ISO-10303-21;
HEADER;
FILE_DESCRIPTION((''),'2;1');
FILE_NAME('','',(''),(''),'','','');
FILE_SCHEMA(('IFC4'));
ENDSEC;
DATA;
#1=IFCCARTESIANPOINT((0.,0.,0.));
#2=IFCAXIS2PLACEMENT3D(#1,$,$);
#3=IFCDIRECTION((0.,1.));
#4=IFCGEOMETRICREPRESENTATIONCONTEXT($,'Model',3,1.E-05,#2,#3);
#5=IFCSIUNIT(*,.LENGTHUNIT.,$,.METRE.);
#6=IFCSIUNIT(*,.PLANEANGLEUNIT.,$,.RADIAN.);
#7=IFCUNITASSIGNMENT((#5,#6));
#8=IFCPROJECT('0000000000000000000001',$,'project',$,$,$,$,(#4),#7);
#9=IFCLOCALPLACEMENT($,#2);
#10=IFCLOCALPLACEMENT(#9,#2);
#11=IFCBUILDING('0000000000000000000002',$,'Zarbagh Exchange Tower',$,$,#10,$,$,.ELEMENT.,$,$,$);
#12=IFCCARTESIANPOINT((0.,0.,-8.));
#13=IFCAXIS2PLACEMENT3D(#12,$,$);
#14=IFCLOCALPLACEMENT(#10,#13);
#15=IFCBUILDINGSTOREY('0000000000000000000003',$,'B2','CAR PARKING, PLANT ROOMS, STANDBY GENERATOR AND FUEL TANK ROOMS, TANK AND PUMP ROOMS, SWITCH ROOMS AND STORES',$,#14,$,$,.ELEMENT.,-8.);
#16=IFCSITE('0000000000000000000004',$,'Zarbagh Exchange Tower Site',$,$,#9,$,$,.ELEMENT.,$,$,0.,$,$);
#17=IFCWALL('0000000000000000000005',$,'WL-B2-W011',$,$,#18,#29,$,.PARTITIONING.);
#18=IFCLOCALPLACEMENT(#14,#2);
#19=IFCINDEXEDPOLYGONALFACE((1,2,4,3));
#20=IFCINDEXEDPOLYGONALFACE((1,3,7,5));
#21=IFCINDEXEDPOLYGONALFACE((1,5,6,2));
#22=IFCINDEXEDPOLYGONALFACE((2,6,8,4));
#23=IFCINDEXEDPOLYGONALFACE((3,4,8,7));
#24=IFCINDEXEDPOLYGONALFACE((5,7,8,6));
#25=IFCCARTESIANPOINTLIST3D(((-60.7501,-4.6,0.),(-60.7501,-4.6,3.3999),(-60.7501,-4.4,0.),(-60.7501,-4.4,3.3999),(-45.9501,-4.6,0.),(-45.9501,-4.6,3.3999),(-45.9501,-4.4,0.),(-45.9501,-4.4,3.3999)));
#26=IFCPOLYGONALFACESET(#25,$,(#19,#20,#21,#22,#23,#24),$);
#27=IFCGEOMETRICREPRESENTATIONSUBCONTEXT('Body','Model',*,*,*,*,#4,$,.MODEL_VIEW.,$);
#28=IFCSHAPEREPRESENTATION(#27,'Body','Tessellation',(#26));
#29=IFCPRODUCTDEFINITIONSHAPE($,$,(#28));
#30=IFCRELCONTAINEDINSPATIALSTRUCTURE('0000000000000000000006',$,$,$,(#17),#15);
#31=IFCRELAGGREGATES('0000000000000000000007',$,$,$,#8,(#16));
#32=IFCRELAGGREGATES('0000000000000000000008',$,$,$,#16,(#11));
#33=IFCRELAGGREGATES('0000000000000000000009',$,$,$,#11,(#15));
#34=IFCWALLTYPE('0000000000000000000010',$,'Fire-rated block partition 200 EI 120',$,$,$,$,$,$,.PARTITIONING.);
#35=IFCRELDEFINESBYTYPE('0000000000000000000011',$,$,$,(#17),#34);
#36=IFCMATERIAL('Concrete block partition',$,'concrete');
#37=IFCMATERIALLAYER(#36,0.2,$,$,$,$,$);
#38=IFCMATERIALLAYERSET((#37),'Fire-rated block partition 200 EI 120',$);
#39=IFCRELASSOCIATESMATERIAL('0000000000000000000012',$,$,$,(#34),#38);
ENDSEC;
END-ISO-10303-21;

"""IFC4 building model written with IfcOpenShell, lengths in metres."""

from ifc_helpers import new_model, si_unit, direction, frame, frame_2d, origin, place, context, subcontext, project, spatial, rectangle, extrude, material, layer, layer_set, type_object, element, save


model = new_model("IFC4")

# Units and contexts
model_context = context("Model", 3, precision=1e-05, world=origin(), true_north=direction((0.0, 1.0)))
body_context = subcontext(model_context, "Body", "Model", "MODEL_VIEW")
ifc_project = project(units=[si_unit("LENGTHUNIT", "METRE"), si_unit("PLANEANGLEUNIT", "RADIAN")], contexts=[model_context])

# Site, building, storey
site_placement = place(None, origin())
site = spatial("IfcSite", under=ifc_project, at=site_placement, Name="Zarbagh Exchange Tower Site", CompositionType="ELEMENT", RefElevation=0.0)
building_placement = place(site_placement, origin())
building = spatial("IfcBuilding", under=site, at=building_placement, Name="Zarbagh Exchange Tower", CompositionType="ELEMENT")
storey_placement = place(building_placement, frame((0.0, 0.0, -8.0)))
storey = spatial("IfcBuildingStorey", under=building, at=storey_placement, Name="B2", Description="CAR PARKING, PLANT ROOMS, STANDBY GENERATOR AND FUEL TANK ROOMS, TANK AND PUMP ROOMS, SWITCH ROOMS AND STORES", CompositionType="ELEMENT", Elevation=-8.0)

# Shared definitions
ifc_material_1 = material(Name="Concrete block partition", Category="concrete")
ifc_layer_1 = layer(ifc_material_1, 0.2)
ifc_layer_set_1 = layer_set([ifc_layer_1], Name="Fire-rated block partition 200 EI 120")
wall_type = type_object("IfcWallType", Name="Fire-rated block partition 200 EI 120", PredefinedType="PARTITIONING", material=ifc_layer_set_1)

# Wall
for number, where, z_axis, x_axis, name in (
    (1, (-60.75, -4.5, 0.0), (0.0, 0.0, 1.0), (1.0, 0.0, 0.0), "WL-B2-W011"),
):
    element("IfcWall", number, at=place(storey_placement, frame(where, z_axis=z_axis, x_axis=x_axis)), inside=storey, type_object=wall_type, Name=name, PredefinedType="PARTITIONING", context=body_context, shape_type="SweptSolid", body=[
        extrude(rectangle(XDim=14.8, YDim=0.2, at=frame_2d((7.3999, 0.0))), origin(), (0.0, 0.0, 1.0), 3.3999),
    ])

save(model, "model.ifc")
